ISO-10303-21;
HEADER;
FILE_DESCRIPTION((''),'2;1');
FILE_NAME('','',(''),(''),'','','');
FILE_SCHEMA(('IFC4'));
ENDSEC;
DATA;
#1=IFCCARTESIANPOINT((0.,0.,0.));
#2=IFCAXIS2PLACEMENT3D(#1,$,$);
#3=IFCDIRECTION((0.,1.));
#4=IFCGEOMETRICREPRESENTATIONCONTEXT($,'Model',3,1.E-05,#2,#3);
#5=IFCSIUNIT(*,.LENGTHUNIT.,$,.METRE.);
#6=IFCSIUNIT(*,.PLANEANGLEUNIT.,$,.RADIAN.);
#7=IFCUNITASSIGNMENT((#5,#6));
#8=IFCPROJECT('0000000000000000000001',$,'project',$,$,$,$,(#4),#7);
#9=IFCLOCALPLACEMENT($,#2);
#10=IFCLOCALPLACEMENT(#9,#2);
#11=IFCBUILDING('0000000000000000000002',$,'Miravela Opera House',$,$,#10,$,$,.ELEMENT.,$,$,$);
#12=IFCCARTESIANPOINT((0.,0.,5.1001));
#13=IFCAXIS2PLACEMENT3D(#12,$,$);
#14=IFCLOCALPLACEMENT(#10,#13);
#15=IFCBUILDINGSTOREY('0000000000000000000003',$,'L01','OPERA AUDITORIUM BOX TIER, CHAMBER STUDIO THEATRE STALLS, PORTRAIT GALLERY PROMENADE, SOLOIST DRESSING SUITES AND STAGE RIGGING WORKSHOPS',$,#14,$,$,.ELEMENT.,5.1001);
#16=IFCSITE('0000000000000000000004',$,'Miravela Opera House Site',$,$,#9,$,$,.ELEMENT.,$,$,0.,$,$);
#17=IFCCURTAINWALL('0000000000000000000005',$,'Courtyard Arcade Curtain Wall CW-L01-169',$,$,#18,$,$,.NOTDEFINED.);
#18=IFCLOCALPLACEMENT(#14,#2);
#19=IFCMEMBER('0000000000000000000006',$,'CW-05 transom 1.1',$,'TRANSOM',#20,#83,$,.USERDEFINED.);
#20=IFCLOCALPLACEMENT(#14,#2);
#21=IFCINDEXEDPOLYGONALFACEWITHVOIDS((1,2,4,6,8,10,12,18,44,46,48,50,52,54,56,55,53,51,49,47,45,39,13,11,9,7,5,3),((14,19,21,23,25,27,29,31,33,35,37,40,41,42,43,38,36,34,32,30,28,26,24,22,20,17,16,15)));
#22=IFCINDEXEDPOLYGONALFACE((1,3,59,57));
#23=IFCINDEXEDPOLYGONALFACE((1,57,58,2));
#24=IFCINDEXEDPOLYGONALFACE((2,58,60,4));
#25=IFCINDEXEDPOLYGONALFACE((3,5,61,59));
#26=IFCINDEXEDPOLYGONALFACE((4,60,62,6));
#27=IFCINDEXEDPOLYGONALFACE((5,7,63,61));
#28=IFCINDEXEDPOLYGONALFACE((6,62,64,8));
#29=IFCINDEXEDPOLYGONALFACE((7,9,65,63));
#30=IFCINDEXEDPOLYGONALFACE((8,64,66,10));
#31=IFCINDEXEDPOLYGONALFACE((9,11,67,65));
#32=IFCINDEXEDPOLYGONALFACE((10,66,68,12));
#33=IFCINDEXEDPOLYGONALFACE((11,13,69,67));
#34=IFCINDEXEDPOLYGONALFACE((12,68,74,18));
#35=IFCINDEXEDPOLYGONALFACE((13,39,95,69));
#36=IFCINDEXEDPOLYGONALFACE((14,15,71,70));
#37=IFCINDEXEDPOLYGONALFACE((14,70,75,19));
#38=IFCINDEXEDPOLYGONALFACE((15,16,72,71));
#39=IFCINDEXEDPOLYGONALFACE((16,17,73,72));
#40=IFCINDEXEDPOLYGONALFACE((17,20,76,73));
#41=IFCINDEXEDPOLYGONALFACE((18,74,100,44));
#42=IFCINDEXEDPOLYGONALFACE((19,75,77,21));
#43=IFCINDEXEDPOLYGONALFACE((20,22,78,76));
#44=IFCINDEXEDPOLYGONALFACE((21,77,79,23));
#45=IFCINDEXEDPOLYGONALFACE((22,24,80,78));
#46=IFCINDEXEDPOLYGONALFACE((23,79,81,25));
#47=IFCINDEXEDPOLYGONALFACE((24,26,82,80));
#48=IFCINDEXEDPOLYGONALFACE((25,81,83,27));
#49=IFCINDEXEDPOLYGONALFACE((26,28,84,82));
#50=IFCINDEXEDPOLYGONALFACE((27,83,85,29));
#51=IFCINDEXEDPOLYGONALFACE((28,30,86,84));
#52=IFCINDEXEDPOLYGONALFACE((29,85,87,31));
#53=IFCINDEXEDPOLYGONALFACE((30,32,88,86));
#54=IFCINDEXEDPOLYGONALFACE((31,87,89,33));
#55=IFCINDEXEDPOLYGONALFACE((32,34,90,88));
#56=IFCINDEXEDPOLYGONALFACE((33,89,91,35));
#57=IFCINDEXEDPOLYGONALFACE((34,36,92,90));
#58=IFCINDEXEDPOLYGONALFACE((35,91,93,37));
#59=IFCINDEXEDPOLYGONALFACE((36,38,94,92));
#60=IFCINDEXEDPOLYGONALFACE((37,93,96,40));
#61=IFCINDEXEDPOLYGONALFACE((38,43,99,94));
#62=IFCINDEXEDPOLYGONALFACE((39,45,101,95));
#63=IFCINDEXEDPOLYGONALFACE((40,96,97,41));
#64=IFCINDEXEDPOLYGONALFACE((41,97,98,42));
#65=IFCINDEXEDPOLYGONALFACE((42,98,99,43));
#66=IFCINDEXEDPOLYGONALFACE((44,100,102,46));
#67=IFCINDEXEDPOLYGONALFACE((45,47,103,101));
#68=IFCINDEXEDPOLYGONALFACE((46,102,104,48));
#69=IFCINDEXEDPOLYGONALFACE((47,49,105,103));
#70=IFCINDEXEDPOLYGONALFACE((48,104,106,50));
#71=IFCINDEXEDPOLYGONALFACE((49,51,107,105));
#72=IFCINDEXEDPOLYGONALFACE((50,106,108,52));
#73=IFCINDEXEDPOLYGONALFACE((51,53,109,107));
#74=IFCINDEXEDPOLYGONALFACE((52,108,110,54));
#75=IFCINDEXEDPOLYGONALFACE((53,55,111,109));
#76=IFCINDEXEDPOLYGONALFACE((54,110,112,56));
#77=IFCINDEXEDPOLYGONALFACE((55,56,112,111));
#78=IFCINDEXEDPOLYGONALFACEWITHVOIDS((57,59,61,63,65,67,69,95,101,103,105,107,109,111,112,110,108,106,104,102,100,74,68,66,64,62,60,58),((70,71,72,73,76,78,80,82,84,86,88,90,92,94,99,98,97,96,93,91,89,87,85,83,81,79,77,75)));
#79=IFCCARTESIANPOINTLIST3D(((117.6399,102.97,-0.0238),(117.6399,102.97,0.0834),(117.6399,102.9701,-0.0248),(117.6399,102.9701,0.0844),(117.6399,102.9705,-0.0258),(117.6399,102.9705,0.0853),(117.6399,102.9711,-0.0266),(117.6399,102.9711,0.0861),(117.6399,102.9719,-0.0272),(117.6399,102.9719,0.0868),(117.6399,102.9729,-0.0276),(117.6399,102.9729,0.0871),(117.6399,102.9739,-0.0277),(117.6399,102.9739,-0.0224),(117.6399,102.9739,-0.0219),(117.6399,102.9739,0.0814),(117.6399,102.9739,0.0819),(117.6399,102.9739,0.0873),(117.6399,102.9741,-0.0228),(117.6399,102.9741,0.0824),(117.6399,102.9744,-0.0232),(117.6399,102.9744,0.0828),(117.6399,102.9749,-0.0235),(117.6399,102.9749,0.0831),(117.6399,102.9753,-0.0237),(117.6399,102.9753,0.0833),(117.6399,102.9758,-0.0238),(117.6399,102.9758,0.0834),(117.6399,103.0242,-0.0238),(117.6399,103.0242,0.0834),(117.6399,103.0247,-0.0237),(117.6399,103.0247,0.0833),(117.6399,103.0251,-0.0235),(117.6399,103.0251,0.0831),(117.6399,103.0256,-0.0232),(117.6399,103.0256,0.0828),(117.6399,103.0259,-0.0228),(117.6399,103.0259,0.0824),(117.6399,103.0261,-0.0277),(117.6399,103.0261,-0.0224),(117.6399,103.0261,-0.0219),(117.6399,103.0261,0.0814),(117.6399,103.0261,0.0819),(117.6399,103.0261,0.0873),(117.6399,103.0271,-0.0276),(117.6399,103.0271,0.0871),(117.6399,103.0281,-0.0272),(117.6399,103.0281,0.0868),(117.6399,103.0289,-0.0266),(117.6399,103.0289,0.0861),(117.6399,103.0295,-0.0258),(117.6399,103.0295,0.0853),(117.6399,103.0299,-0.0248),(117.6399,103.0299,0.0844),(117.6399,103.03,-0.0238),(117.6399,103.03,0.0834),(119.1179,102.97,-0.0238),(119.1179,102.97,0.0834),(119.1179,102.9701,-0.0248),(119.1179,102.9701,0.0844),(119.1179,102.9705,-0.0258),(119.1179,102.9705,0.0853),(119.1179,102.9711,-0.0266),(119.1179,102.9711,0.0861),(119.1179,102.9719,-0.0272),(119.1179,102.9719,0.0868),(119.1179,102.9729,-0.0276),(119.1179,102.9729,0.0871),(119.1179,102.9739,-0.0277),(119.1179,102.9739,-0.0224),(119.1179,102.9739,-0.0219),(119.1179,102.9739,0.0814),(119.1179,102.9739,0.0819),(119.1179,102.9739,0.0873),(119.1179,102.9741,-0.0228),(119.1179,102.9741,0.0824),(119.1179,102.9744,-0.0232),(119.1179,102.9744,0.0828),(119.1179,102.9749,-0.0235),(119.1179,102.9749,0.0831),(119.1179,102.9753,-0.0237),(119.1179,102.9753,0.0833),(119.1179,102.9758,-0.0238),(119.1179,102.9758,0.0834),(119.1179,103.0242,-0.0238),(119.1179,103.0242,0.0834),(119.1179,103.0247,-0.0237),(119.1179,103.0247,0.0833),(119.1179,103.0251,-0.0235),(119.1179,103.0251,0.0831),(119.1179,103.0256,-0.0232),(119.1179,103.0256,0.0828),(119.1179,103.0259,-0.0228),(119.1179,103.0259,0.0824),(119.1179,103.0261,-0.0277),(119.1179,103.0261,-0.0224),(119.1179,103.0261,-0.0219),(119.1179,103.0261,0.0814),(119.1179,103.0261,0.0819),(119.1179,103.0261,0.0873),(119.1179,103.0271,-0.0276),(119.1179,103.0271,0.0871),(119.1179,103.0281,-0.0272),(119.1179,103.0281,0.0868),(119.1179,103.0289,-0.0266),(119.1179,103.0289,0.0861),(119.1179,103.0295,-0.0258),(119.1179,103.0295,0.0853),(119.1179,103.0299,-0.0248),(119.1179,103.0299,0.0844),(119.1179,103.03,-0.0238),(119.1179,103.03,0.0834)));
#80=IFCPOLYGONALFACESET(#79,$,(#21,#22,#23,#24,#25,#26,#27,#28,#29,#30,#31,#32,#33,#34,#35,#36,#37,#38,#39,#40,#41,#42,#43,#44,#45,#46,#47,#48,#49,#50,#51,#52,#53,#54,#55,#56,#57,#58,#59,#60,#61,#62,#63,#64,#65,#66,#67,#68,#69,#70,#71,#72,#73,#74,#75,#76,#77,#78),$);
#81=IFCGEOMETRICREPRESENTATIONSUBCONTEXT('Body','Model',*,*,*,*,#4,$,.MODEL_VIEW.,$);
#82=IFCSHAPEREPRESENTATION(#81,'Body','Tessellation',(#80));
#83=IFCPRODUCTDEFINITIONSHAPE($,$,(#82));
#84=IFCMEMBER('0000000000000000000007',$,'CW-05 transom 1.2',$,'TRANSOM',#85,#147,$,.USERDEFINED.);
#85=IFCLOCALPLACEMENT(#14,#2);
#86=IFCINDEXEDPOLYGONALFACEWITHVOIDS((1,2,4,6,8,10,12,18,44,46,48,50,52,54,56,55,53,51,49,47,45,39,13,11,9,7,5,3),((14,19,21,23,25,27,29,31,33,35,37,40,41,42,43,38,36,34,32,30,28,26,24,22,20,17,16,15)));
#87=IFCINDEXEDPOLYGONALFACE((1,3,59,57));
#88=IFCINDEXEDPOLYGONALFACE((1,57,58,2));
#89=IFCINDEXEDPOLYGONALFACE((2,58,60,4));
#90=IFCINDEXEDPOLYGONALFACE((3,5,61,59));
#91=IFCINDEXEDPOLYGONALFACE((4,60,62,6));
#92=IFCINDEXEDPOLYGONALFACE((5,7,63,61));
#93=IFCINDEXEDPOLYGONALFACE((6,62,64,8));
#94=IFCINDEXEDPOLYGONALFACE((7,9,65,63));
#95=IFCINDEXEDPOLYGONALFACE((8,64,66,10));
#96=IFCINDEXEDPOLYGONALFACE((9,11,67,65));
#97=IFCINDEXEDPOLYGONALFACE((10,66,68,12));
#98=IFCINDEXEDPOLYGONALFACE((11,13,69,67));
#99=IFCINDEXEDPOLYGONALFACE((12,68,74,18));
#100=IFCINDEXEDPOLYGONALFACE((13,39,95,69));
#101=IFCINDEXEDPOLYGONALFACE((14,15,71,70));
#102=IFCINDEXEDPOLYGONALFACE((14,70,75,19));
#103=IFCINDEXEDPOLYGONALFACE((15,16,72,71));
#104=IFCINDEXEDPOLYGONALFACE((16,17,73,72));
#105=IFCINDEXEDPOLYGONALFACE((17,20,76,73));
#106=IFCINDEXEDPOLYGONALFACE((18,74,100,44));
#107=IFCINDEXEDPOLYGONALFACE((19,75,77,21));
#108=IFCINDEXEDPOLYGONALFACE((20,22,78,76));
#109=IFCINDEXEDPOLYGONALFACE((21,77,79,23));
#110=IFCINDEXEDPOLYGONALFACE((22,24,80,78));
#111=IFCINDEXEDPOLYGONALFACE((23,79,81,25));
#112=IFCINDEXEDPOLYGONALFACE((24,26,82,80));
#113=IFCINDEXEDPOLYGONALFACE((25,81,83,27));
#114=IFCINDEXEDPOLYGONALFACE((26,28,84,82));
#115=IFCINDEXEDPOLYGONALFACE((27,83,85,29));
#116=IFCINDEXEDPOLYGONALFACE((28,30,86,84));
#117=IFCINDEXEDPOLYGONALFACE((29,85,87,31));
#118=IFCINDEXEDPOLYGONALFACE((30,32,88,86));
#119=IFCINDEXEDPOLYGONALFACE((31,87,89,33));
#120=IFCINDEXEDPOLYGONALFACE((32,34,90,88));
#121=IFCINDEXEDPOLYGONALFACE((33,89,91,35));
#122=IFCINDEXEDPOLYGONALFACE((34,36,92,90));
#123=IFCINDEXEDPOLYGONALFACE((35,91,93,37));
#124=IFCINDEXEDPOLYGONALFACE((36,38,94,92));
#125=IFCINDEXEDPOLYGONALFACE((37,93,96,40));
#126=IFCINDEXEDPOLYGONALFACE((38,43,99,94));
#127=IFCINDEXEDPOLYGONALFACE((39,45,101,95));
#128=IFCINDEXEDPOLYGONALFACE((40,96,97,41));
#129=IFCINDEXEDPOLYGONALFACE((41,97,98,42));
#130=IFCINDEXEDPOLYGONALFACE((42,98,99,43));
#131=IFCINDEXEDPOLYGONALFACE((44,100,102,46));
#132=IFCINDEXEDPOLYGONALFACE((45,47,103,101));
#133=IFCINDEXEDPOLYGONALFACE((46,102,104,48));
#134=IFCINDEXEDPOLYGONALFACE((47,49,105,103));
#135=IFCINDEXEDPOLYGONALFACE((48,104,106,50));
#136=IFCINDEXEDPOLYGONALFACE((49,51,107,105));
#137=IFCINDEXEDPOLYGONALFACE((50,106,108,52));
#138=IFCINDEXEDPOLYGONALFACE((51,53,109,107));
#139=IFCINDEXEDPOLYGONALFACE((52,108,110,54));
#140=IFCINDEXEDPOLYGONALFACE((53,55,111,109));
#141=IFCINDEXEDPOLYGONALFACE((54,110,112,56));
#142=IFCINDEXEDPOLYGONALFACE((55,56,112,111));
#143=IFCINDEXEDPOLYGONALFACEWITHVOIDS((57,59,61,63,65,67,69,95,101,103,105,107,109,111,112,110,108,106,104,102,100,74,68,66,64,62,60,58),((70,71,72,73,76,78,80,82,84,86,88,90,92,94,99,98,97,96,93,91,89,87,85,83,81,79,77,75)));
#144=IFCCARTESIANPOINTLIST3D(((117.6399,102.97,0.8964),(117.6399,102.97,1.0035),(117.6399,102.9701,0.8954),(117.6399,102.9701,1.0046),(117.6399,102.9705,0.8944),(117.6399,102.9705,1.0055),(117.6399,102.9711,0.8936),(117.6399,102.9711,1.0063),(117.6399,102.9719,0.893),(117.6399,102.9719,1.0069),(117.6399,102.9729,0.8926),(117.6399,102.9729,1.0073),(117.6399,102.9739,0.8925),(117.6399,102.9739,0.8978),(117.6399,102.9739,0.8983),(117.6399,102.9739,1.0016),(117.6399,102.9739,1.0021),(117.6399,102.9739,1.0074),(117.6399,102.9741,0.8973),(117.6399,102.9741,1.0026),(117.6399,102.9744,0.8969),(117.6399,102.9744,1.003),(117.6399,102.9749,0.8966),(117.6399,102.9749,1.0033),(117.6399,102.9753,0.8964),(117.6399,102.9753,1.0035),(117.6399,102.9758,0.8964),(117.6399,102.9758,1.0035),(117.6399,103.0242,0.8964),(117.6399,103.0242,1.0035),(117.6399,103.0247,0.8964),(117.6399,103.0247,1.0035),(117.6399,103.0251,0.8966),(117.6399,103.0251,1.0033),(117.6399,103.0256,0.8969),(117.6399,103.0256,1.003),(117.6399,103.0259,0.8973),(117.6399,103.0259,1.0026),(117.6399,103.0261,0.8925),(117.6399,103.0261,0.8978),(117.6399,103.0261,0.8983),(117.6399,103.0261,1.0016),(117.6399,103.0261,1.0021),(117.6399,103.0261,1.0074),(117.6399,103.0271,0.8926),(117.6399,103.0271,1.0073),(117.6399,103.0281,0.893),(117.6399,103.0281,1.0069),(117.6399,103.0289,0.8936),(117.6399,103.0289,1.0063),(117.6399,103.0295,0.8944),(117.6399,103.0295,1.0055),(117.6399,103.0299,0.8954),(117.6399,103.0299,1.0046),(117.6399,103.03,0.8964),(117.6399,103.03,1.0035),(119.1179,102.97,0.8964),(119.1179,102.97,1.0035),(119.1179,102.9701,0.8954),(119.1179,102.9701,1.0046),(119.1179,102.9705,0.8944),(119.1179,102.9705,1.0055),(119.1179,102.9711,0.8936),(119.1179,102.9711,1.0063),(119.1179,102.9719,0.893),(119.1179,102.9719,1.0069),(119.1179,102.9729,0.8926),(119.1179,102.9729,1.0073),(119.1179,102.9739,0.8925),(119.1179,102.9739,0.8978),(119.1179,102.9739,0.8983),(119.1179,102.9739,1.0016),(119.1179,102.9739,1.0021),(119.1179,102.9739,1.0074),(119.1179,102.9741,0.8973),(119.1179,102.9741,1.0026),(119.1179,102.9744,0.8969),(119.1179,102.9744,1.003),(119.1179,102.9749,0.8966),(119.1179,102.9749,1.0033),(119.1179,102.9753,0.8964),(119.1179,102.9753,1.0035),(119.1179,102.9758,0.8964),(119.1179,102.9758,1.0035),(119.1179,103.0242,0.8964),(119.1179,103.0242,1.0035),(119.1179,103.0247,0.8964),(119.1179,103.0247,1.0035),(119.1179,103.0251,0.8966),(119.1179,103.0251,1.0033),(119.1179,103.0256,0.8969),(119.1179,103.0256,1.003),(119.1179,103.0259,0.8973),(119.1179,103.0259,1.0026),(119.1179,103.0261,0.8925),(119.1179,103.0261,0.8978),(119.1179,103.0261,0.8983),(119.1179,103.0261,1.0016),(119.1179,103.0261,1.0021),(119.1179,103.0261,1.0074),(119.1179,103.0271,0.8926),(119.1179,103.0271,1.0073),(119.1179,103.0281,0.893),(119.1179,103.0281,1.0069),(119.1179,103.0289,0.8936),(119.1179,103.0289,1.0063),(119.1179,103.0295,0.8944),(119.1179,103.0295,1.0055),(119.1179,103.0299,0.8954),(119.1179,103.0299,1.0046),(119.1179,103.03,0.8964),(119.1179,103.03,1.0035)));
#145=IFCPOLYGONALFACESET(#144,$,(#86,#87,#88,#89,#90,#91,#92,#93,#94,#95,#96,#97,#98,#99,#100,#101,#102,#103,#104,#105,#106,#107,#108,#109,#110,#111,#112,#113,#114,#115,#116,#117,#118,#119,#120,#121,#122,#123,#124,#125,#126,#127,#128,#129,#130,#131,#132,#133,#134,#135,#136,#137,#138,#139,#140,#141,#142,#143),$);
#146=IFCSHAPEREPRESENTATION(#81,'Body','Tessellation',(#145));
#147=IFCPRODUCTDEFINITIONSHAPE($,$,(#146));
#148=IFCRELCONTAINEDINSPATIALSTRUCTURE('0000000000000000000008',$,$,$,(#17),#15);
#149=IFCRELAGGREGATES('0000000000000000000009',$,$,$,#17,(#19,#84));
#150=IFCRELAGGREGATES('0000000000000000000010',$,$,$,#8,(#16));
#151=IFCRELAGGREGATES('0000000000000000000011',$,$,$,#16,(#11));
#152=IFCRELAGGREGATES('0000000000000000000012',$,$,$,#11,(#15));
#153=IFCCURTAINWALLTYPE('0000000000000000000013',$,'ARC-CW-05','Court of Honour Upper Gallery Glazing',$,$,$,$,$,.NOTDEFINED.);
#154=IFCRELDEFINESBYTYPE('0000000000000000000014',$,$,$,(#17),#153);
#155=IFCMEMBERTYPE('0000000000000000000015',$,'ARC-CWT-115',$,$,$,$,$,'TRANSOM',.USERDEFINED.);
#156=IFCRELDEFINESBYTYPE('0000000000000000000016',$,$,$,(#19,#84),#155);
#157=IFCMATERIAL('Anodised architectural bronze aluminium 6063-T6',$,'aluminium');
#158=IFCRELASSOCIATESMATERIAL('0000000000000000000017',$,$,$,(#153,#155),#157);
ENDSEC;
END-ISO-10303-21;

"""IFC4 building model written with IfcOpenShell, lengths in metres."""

from ifc_helpers import new_model, si_unit, direction, frame, origin, origin_2d, place, context, subcontext, project, spatial, hollow_rectangle, extrude, material, material_profile, profile_set, type_object, element, aggregate, save


model = new_model("IFC4")

# Units and contexts
model_context = context("Model", 3, precision=1e-05, world=origin(), true_north=direction((0.0, 1.0)))
body_context = subcontext(model_context, "Body", "Model", "MODEL_VIEW")
ifc_project = project(units=[si_unit("LENGTHUNIT", "METRE"), si_unit("PLANEANGLEUNIT", "RADIAN")], contexts=[model_context])

# Site, building, storey
site_placement = place(None, origin())
site = spatial("IfcSite", under=ifc_project, at=site_placement, Name="Miravela Opera House Site", CompositionType="ELEMENT", RefElevation=0.0)
building_placement = place(site_placement, origin())
building = spatial("IfcBuilding", under=site, at=building_placement, Name="Miravela Opera House", CompositionType="ELEMENT")
storey_placement = place(building_placement, frame((0.0, 0.0, 5.1001)))
storey = spatial("IfcBuildingStorey", under=building, at=storey_placement, Name="L01", Description="OPERA AUDITORIUM BOX TIER, CHAMBER STUDIO THEATRE STALLS, PORTRAIT GALLERY PROMENADE, SOLOIST DRESSING SUITES AND STAGE RIGGING WORKSHOPS", CompositionType="ELEMENT", Elevation=5.1001)

# Curtain wall, members
ifc_material_1 = material(Name="Anodised architectural bronze aluminium 6063-T6", Category="aluminium")
curtain_wall_type = type_object("IfcCurtainWallType", Name="ARC-CW-05", Description="Court of Honour Upper Gallery Glazing", PredefinedType="NOTDEFINED", material=ifc_material_1)
curtain_wall_placement = place(storey_placement, origin())
curtain_wall = element("IfcCurtainWall", 1, at=curtain_wall_placement, inside=storey, type_object=curtain_wall_type, Name="Courtyard Arcade Curtain Wall CW-L01-169", PredefinedType="NOTDEFINED")
ifc_material_profile_1 = material_profile(ifc_material_1, hollow_rectangle(XDim=0.0601, YDim=0.115, WallThickness=0.0039, InnerFilletRadius=0.002, OuterFilletRadius=0.0039, at=origin_2d()), Name="CWT-60X115")
ifc_profile_set_1 = profile_set([ifc_material_profile_1])
member_type_1 = type_object("IfcMemberType", Name="ARC-CWT-115", ElementType="TRANSOM", PredefinedType="USERDEFINED", material=ifc_profile_set_1)
member_1_placement = place(storey_placement, frame((117.6399, 103.0, 0.0298), z_axis=(1.0, 0.0, 0.0), x_axis=(0.0, 1.0, 0.0)))
member_1 = element("IfcMember", 2, at=member_1_placement, type_object=member_type_1, Name="CW-05 transom 1.1", ObjectType="TRANSOM", PredefinedType="USERDEFINED", context=body_context, shape_type="SweptSolid", body=[
    extrude(hollow_rectangle(XDim=0.0601, YDim=0.115, WallThickness=0.0039, InnerFilletRadius=0.002, OuterFilletRadius=0.0039, at=origin_2d()), origin(), (0.0, 0.0, 1.0), 1.478),
])
member_2_placement = place(storey_placement, frame((117.6399, 103.0, 0.95), z_axis=(1.0, 0.0, 0.0), x_axis=(0.0, 1.0, 0.0)))
member_2 = element("IfcMember", 3, at=member_2_placement, type_object=member_type_1, Name="CW-05 transom 1.2", ObjectType="TRANSOM", PredefinedType="USERDEFINED", context=body_context, shape_type="SweptSolid", body=[
    extrude(hollow_rectangle(XDim=0.0601, YDim=0.115, WallThickness=0.0039, InnerFilletRadius=0.002, OuterFilletRadius=0.0039, at=origin_2d()), origin(), (0.0, 0.0, 1.0), 1.478),
])

aggregate(curtain_wall, [member_1, member_2])

save(model, "model.ifc")
